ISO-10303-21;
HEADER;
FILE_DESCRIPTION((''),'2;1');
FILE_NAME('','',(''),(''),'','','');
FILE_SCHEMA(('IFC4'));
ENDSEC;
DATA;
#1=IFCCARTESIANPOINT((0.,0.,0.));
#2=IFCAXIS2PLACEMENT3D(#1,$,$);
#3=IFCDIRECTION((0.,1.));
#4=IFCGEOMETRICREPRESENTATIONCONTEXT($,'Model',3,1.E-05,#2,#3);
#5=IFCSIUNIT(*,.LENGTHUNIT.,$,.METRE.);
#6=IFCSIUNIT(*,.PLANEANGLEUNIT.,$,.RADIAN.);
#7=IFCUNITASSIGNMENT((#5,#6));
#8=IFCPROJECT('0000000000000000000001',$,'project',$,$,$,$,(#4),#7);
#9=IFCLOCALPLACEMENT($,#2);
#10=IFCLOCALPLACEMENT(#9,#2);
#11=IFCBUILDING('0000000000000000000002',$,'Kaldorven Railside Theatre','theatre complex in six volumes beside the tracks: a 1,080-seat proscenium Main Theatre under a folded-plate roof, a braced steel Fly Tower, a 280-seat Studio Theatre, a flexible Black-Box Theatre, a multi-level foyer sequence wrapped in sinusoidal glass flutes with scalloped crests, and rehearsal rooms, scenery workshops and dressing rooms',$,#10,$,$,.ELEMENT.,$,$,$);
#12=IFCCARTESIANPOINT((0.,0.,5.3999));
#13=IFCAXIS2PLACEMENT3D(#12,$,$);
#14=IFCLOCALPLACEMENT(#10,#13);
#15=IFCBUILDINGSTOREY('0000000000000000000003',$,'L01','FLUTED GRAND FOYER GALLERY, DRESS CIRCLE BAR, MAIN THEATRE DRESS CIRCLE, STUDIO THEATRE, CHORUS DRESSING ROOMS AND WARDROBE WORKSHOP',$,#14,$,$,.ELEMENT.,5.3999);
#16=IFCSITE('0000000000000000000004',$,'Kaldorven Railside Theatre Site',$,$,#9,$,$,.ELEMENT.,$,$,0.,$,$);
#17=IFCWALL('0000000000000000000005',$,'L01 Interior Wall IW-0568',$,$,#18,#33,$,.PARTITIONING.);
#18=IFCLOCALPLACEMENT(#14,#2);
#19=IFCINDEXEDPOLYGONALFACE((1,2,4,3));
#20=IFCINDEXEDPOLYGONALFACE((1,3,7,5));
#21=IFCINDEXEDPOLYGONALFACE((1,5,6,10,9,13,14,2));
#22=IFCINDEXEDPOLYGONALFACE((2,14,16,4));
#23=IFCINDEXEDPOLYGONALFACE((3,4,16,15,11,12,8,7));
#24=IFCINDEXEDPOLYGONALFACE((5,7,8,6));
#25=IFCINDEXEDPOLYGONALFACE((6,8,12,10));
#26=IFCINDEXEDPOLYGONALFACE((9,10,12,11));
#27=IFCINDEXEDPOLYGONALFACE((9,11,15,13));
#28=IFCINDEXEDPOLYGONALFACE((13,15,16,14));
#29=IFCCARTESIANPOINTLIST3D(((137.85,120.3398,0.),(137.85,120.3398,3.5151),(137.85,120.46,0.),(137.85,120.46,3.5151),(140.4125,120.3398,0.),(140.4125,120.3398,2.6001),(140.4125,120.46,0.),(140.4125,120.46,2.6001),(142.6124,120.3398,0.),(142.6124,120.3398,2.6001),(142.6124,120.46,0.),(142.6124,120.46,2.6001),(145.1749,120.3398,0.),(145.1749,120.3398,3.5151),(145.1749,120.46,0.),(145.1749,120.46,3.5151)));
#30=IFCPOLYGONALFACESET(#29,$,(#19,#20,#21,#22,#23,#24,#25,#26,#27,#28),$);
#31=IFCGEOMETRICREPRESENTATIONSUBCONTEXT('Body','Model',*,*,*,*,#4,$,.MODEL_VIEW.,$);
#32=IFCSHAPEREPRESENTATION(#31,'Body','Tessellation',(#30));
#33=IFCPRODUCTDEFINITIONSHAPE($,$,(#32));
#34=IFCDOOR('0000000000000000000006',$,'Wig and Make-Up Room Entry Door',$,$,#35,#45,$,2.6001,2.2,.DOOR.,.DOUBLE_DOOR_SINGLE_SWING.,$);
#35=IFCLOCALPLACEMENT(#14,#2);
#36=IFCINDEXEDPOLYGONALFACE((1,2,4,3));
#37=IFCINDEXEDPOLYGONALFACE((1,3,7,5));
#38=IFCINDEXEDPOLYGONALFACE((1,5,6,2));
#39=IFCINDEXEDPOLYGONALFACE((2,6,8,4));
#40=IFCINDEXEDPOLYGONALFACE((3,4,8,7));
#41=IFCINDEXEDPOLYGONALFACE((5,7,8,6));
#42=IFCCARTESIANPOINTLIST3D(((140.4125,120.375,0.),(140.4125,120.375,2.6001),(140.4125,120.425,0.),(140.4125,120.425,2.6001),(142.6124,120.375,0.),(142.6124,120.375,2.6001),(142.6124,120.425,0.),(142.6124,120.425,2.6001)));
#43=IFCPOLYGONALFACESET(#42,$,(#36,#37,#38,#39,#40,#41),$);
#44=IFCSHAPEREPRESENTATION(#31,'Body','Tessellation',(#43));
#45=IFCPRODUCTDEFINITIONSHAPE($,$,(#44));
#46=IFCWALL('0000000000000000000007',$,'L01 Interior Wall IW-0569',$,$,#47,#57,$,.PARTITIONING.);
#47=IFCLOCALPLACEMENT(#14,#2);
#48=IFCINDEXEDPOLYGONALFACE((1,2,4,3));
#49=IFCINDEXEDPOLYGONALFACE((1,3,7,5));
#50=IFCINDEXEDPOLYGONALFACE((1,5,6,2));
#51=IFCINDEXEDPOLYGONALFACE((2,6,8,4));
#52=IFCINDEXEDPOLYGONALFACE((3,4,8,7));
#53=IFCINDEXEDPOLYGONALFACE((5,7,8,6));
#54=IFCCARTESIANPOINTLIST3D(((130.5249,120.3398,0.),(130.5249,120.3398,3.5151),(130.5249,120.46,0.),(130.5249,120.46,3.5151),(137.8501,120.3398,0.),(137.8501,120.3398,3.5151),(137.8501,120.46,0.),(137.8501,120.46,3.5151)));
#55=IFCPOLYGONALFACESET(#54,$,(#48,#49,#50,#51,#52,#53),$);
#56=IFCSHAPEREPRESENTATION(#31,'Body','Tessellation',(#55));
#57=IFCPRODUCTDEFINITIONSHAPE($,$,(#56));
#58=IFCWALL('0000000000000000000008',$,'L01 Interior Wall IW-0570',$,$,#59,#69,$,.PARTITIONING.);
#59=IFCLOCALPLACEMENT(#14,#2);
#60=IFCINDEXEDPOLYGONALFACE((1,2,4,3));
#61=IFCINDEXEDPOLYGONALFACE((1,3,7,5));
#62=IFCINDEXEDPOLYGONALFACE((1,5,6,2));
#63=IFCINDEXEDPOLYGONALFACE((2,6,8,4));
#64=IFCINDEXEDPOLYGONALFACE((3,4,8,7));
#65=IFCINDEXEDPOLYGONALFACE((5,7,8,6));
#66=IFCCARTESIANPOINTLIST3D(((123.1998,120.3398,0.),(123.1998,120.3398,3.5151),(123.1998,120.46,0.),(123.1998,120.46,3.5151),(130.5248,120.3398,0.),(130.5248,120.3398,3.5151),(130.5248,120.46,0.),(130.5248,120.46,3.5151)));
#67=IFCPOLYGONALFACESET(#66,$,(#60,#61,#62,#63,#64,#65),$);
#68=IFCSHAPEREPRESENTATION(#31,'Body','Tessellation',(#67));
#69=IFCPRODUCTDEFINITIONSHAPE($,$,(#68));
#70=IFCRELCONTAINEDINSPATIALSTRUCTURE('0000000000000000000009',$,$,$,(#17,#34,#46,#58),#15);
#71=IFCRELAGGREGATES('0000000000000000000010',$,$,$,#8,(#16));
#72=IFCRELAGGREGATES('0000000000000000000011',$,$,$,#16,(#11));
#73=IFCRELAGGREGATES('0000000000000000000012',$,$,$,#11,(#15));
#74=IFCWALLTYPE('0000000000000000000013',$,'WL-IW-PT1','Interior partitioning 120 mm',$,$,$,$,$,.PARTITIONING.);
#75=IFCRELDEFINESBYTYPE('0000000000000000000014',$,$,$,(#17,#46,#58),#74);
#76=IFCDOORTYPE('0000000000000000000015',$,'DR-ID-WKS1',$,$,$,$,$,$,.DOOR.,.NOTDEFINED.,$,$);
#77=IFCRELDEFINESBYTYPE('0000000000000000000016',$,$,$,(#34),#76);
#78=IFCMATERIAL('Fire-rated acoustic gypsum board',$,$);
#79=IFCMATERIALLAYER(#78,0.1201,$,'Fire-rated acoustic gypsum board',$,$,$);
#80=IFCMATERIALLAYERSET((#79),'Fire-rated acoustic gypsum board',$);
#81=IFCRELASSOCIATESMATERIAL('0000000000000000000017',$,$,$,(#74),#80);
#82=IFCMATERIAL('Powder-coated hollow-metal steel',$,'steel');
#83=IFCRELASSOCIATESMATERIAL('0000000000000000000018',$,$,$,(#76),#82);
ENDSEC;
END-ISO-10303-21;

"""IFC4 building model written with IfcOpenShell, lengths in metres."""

from ifc_helpers import new_model, si_unit, direction, frame, frame_2d, origin, place, context, subcontext, project, spatial, rectangle, extrude, material, layer, layer_set, type_object, element, fill, save


model = new_model("IFC4")

# Units and contexts
model_context = context("Model", 3, precision=1e-05, world=origin(), true_north=direction((0.0, 1.0)))
body_context = subcontext(model_context, "Body", "Model", "MODEL_VIEW")
ifc_project = project(units=[si_unit("LENGTHUNIT", "METRE"), si_unit("PLANEANGLEUNIT", "RADIAN")], contexts=[model_context])

# Site, building, storey
site_placement = place(None, origin())
site = spatial("IfcSite", under=ifc_project, at=site_placement, Name="Kaldorven Railside Theatre Site", CompositionType="ELEMENT", RefElevation=0.0)
building_placement = place(site_placement, origin())
building = spatial("IfcBuilding", under=site, at=building_placement, Name="Kaldorven Railside Theatre", Description="theatre complex in six volumes beside the tracks: a 1,080-seat proscenium Main Theatre under a folded-plate roof, a braced steel Fly Tower, a 280-seat Studio Theatre, a flexible Black-Box Theatre, a multi-level foyer sequence wrapped in sinusoidal glass flutes with scalloped crests, and rehearsal rooms, scenery workshops and dressing rooms", CompositionType="ELEMENT")
storey_placement = place(building_placement, frame((0.0, 0.0, 5.3999)))
storey = spatial("IfcBuildingStorey", under=building, at=storey_placement, Name="L01", Description="FLUTED GRAND FOYER GALLERY, DRESS CIRCLE BAR, MAIN THEATRE DRESS CIRCLE, STUDIO THEATRE, CHORUS DRESSING ROOMS AND WARDROBE WORKSHOP", CompositionType="ELEMENT", Elevation=5.3999)

# Wall, opening, door
ifc_material_1 = material(Name="Fire-rated acoustic gypsum board")
ifc_layer_1 = layer(ifc_material_1, 0.1201, Name="Fire-rated acoustic gypsum board")
ifc_layer_set_1 = layer_set([ifc_layer_1], Name="Fire-rated acoustic gypsum board")
wall_type_1 = type_object("IfcWallType", Name="WL-IW-PT1", Description="Interior partitioning 120 mm", PredefinedType="PARTITIONING", material=ifc_layer_set_1)
wall_1_placement = place(storey_placement, frame((145.175, 120.3999, 0.0), z_axis=(0.0, 0.0, 1.0), x_axis=(-1.0, 0.0, 0.0)))
wall_1 = element("IfcWall", 1, at=wall_1_placement, inside=storey, type_object=wall_type_1, Name="L01 Interior Wall IW-0568", PredefinedType="PARTITIONING", context=body_context, shape_type="SweptSolid", body=[
    extrude(rectangle(XDim=7.325, YDim=0.1201, at=frame_2d((3.6626, 0.0))), origin(), (0.0, 0.0, 1.0), 3.5151),
])
opening_1_placement = place(wall_1_placement, frame((2.5625, 0.0, 0.0)))
opening_1 = element("IfcOpeningElement", 2, at=opening_1_placement, cuts=wall_1, PredefinedType="OPENING", context=body_context, shape_type="SweptSolid", body=[
    extrude(rectangle(XDim=2.2, YDim=2.6001, at=frame_2d((1.1001, 1.3))), frame((0.0, 0.0701, 0.0), z_axis=(0.0, -1.0, 0.0), x_axis=(1.0, 0.0, 0.0)), (0.0, 0.0, 1.0), 0.1401),
])
ifc_material_2 = material(Name="Powder-coated hollow-metal steel", Category="steel")
door_type_1 = type_object("IfcDoorType", Name="DR-ID-WKS1", OperationType="NOTDEFINED", PredefinedType="DOOR", material=ifc_material_2)
door_1_placement = place(opening_1_placement, origin())
door_1 = element("IfcDoor", 3, at=door_1_placement, inside=storey, type_object=door_type_1, Name="Wig and Make-Up Room Entry Door", OperationType="DOUBLE_DOOR_SINGLE_SWING", OverallHeight=2.6001, OverallWidth=2.2, PredefinedType="DOOR", context=body_context, shape_type="SweptSolid", body=[
    extrude(rectangle(XDim=2.2, YDim=2.6001, at=frame_2d((1.1001, 1.3))), frame((0.0, 0.0249, 0.0), z_axis=(0.0, -1.0, 0.0), x_axis=(1.0, 0.0, 0.0)), (0.0, 0.0, 1.0), 0.05),
])
fill(opening_1, door_1)

# Walls
wall_2_placement = place(storey_placement, frame((137.8501, 120.3999, 0.0), z_axis=(0.0, 0.0, 1.0), x_axis=(-1.0, 0.0, 0.0)))
element("IfcWall", 4, at=wall_2_placement, inside=storey, type_object=wall_type_1, Name="L01 Interior Wall IW-0569", PredefinedType="PARTITIONING", context=body_context, shape_type="SweptSolid", body=[
    extrude(rectangle(XDim=7.3252, YDim=0.1201, at=frame_2d((3.6626, 0.0))), origin(), (0.0, 0.0, 1.0), 3.5151),
])
wall_3_placement = place(storey_placement, frame((130.5249, 120.3999, 0.0), z_axis=(0.0, 0.0, 1.0), x_axis=(-1.0, 0.0, 0.0)))
element("IfcWall", 5, at=wall_3_placement, inside=storey, type_object=wall_type_1, Name="L01 Interior Wall IW-0570", PredefinedType="PARTITIONING", context=body_context, shape_type="SweptSolid", body=[
    extrude(rectangle(XDim=7.325, YDim=0.1201, at=frame_2d((3.6626, 0.0))), origin(), (0.0, 0.0, 1.0), 3.5151),
])

save(model, "model.ifc")
